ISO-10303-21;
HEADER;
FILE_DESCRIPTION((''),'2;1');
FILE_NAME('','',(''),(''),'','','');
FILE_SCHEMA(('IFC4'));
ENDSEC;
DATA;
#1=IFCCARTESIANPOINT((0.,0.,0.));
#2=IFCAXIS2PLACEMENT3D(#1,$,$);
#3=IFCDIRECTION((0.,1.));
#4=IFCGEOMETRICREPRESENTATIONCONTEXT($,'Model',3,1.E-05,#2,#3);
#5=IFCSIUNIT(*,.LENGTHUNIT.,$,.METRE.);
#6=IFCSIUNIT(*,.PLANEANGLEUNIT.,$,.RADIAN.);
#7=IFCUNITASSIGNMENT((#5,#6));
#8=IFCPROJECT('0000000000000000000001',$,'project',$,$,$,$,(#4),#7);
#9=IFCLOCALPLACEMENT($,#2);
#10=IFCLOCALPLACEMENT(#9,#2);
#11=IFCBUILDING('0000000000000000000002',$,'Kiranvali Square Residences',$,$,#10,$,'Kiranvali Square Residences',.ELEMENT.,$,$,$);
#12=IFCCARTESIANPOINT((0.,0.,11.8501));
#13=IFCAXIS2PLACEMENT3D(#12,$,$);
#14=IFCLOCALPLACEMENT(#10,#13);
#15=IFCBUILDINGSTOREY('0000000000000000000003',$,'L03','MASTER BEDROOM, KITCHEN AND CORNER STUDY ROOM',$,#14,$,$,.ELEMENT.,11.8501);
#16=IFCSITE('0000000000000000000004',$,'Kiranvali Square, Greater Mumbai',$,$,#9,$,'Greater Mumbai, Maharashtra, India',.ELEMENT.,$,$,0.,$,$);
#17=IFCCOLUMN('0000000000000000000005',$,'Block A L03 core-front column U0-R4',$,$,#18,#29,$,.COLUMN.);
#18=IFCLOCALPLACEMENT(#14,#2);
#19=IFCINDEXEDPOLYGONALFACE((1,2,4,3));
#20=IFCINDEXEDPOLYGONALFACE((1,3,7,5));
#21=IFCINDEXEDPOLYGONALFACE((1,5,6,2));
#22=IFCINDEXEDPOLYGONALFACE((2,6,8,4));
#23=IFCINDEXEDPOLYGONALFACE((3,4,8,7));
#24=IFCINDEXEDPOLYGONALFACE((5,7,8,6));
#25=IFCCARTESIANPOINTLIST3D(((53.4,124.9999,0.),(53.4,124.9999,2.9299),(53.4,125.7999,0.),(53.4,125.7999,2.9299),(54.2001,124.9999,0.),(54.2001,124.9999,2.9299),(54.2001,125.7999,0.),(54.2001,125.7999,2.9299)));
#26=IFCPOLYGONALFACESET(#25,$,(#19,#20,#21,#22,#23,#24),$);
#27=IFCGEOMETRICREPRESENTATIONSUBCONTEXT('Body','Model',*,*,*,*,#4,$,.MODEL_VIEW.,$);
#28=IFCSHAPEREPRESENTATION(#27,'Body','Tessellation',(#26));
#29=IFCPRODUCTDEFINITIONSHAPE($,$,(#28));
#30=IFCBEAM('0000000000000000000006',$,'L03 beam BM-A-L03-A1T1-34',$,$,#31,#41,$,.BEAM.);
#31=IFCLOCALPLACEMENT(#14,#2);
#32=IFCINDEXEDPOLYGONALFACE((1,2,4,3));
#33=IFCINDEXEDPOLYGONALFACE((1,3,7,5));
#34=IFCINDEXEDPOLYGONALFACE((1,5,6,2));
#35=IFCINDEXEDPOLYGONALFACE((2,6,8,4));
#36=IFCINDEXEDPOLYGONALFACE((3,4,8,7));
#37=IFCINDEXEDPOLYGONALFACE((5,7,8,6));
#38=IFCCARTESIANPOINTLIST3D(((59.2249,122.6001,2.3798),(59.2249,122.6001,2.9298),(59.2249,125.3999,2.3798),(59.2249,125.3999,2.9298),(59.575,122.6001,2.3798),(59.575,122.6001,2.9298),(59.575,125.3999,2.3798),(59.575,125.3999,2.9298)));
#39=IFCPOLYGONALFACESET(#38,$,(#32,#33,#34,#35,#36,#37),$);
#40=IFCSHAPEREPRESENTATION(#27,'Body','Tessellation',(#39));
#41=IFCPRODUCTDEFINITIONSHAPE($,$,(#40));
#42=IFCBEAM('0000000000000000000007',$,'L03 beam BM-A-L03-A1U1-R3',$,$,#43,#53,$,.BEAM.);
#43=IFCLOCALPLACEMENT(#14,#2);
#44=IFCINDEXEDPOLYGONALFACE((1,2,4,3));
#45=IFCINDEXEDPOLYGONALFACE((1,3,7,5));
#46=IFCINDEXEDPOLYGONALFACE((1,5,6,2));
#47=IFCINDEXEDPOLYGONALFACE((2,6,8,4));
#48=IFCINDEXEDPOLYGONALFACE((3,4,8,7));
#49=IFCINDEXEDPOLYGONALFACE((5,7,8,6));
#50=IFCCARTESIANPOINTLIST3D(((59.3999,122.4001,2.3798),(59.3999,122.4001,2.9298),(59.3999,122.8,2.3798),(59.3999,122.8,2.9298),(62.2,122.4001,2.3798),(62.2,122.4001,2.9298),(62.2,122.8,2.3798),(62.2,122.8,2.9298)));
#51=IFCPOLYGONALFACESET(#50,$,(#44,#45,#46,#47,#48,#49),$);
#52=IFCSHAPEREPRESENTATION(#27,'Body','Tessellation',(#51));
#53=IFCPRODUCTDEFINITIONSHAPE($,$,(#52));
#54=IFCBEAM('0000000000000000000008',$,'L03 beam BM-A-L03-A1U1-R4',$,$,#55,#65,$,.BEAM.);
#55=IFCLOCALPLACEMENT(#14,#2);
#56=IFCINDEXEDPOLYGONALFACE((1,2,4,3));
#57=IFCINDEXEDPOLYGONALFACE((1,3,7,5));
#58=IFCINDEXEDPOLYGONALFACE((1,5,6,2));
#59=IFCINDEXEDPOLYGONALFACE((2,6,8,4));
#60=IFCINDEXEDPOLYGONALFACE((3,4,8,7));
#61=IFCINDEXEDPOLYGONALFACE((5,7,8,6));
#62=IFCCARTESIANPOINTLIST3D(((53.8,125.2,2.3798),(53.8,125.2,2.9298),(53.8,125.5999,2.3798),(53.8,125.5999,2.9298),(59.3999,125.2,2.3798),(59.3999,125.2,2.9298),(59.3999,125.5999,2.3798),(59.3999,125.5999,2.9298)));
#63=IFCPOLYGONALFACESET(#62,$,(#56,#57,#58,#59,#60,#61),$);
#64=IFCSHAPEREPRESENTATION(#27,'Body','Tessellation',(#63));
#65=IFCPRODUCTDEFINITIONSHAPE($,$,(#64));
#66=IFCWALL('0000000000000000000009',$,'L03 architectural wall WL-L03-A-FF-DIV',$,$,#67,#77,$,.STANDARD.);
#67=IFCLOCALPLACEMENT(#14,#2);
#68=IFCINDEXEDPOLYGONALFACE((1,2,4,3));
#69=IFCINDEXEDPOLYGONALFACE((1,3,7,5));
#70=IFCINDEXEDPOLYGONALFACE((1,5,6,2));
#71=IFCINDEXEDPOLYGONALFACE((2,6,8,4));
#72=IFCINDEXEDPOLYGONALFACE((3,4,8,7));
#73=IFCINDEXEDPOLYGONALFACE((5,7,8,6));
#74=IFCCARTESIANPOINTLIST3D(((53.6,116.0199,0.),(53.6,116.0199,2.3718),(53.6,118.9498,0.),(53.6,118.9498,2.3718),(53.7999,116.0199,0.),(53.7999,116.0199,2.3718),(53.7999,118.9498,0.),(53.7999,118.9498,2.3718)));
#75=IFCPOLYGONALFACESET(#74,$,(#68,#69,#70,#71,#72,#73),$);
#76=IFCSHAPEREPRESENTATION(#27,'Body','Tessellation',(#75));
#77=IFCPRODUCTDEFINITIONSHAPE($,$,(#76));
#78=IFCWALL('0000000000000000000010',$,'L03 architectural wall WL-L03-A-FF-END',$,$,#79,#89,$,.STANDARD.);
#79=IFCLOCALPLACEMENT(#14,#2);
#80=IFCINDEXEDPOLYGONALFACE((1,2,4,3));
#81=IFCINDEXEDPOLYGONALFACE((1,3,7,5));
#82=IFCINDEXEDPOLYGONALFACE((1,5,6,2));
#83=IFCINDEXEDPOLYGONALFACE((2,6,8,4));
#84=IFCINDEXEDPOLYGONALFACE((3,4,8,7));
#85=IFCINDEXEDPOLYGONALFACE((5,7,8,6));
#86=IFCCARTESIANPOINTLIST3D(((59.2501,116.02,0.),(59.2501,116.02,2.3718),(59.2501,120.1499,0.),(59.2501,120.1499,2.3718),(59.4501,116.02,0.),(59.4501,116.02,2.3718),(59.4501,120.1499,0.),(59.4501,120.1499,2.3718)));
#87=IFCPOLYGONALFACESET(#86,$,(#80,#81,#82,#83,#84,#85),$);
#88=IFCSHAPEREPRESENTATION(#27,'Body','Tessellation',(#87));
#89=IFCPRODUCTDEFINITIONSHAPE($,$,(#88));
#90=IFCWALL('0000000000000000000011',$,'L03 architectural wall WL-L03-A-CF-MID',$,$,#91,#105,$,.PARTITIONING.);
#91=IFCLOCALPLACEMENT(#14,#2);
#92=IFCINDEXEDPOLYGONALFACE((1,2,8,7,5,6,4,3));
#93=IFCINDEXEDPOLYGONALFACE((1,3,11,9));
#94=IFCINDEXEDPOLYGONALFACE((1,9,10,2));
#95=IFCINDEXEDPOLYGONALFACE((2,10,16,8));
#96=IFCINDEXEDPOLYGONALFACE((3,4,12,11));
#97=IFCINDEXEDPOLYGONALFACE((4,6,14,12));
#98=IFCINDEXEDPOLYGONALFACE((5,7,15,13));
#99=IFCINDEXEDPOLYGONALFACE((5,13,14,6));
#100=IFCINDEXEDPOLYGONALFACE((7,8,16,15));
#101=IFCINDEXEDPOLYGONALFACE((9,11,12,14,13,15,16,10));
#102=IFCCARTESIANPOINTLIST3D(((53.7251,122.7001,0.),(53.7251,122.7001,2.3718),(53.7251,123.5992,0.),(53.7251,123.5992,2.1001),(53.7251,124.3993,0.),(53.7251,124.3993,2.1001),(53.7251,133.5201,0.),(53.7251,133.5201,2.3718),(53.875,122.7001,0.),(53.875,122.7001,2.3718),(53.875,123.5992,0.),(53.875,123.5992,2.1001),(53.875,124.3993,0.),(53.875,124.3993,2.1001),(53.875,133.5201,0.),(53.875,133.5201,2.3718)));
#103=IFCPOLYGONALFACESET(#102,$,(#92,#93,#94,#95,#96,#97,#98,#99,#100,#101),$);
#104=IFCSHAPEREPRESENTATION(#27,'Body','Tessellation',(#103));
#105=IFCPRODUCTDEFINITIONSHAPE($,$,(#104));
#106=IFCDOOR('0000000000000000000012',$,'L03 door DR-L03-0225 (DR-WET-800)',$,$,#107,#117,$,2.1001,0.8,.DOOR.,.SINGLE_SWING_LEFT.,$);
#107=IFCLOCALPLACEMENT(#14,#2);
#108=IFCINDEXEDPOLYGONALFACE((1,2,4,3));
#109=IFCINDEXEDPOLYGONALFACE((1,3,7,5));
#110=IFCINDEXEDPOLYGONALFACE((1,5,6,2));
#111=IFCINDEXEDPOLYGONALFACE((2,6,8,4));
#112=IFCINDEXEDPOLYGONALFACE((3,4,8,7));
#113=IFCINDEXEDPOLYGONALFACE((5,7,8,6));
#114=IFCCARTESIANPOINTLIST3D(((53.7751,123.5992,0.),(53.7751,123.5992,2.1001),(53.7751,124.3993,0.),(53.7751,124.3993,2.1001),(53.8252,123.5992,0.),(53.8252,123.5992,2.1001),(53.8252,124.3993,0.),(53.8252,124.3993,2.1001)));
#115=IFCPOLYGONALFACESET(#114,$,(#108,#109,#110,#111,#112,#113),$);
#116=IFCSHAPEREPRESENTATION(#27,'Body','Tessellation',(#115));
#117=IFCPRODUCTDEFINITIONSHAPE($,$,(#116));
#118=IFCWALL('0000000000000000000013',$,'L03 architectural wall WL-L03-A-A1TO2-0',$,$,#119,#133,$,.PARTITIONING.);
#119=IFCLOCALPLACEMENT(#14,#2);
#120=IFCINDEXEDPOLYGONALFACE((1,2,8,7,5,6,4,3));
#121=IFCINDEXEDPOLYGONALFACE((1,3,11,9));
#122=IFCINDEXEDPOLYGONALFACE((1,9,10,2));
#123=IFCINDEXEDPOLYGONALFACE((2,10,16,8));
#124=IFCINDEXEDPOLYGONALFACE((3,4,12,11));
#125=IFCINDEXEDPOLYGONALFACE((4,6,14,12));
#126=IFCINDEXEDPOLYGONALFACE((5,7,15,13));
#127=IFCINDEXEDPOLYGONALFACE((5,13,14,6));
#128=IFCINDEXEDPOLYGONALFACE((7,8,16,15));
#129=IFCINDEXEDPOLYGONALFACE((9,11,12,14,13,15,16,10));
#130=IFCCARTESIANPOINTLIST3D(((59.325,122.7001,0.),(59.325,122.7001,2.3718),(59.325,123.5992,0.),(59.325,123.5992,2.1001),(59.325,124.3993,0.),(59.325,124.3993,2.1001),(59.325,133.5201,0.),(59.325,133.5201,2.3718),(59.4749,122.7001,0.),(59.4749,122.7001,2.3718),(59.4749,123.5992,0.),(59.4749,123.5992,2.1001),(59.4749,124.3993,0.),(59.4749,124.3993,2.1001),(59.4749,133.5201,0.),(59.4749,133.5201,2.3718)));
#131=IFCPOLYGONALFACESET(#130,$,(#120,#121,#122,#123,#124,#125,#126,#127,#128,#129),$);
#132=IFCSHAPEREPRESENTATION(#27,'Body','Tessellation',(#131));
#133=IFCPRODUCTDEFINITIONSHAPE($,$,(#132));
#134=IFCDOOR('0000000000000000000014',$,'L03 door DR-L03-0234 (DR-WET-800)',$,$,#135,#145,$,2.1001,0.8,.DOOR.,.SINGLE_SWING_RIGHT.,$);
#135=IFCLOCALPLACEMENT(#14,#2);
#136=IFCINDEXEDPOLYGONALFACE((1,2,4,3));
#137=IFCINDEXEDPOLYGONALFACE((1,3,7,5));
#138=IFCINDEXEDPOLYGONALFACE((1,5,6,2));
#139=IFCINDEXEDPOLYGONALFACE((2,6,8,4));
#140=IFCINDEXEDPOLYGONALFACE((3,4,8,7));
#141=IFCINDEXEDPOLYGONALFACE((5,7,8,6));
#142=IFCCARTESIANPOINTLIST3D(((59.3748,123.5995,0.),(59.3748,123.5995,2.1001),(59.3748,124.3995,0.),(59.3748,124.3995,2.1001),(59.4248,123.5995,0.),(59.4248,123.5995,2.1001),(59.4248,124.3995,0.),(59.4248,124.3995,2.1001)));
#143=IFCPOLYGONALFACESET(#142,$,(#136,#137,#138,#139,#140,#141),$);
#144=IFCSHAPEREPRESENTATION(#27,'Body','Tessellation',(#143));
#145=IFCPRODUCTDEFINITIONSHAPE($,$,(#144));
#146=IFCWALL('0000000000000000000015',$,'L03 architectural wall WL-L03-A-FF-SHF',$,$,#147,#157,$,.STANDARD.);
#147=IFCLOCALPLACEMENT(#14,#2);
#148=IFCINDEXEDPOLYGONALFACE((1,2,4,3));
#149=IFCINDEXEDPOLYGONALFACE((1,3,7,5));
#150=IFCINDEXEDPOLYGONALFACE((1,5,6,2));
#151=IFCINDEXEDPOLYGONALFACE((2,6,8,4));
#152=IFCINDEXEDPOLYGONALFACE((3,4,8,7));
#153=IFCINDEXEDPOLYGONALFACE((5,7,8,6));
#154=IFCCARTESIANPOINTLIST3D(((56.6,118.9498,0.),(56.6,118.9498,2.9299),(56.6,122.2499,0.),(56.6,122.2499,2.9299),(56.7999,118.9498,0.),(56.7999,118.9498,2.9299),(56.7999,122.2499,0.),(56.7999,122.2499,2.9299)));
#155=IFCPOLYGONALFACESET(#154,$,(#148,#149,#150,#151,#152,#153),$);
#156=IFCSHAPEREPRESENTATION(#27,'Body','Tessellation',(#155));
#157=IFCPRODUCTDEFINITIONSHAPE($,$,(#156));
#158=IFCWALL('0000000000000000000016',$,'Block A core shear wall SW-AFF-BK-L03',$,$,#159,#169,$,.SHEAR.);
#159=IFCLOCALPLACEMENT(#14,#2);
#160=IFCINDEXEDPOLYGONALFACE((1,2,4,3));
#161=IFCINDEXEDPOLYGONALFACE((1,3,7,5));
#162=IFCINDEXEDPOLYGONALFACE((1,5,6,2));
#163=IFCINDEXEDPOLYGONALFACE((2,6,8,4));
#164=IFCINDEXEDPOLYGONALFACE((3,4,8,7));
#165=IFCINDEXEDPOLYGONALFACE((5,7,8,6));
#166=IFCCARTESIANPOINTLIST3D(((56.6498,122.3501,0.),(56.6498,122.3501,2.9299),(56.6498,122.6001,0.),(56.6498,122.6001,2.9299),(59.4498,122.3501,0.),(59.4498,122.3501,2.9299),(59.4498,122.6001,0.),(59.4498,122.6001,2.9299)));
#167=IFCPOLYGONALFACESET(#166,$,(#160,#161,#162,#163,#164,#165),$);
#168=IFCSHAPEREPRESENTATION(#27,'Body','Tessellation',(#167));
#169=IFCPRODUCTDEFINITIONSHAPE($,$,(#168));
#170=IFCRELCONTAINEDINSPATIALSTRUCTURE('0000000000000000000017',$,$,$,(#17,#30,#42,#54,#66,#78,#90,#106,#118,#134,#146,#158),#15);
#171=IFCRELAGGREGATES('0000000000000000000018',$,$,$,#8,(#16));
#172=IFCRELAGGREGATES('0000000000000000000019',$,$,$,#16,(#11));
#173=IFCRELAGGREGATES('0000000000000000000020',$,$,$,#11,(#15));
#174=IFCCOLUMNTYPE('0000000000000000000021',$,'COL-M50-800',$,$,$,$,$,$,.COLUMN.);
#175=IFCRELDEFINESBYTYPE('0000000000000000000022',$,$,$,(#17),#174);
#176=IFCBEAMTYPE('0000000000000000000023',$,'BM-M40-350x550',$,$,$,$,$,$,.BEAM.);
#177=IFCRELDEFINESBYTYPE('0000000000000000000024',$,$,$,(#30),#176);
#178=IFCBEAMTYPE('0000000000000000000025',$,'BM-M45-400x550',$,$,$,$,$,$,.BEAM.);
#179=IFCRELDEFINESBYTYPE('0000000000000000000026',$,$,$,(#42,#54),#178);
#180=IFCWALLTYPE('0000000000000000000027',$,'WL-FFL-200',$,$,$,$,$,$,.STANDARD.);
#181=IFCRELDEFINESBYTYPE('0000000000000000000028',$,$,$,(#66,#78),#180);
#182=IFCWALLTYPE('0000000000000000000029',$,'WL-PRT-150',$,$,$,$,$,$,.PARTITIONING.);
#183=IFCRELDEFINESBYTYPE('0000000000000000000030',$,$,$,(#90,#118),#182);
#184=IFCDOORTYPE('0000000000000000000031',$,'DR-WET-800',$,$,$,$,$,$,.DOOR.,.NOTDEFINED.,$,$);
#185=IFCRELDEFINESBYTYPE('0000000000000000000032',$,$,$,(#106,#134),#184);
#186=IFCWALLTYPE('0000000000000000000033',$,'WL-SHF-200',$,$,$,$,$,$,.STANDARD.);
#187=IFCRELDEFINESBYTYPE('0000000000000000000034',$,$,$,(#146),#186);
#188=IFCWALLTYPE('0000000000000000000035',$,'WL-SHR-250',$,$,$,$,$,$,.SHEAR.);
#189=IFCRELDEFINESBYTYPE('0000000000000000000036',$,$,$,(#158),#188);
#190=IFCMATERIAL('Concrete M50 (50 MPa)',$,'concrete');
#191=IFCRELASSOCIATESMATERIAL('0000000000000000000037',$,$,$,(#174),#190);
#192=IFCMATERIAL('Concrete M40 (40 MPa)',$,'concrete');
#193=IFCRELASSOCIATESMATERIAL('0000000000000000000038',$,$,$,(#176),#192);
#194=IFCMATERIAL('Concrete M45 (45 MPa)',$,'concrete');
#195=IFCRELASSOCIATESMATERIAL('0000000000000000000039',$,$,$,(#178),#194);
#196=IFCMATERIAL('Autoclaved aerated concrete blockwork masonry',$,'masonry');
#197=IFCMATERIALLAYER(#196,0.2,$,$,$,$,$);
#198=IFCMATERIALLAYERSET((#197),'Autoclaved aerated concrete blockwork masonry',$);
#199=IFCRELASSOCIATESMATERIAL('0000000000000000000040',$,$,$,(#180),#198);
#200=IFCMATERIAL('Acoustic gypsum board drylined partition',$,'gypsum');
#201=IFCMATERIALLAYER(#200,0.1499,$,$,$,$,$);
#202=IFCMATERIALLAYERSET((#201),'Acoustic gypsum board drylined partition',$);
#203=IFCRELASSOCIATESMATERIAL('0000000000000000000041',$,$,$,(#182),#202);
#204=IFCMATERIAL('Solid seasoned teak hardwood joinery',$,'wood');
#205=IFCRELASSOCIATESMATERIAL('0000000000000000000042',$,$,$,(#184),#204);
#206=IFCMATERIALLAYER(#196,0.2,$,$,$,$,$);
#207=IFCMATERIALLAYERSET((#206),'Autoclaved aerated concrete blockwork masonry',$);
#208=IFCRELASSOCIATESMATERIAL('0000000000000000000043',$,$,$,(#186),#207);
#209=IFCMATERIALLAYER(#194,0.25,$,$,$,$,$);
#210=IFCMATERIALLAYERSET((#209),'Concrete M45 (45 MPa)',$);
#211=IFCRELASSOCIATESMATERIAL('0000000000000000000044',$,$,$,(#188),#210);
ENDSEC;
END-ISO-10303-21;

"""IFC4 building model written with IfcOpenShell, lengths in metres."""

from ifc_helpers import new_model, si_unit, direction, frame, frame_2d, origin, origin_2d, place, context, subcontext, project, spatial, rectangle, extrude, material, layer, layer_set, material_profile, profile_set, type_object, element, fill, save


model = new_model("IFC4")

# Units and contexts
model_context = context("Model", 3, precision=1e-05, world=origin(), true_north=direction((0.0, 1.0)))
body_context = subcontext(model_context, "Body", "Model", "MODEL_VIEW")
ifc_project = project(units=[si_unit("LENGTHUNIT", "METRE"), si_unit("PLANEANGLEUNIT", "RADIAN")], contexts=[model_context])

# Site, building, storey
site_placement = place(None, origin())
site = spatial("IfcSite", under=ifc_project, at=site_placement, Name="Kiranvali Square, Greater Mumbai", LongName="Greater Mumbai, Maharashtra, India", CompositionType="ELEMENT", RefElevation=0.0)
building_placement = place(site_placement, origin())
building = spatial("IfcBuilding", under=site, at=building_placement, Name="Kiranvali Square Residences", LongName="Kiranvali Square Residences", CompositionType="ELEMENT")
storey_placement = place(building_placement, frame((0.0, 0.0, 11.8501)))
storey = spatial("IfcBuildingStorey", under=building, at=storey_placement, Name="L03", Description="MASTER BEDROOM, KITCHEN AND CORNER STUDY ROOM", CompositionType="ELEMENT", Elevation=11.8501)

# Column
ifc_material_1 = material(Name="Concrete M50 (50 MPa)", Category="concrete")
ifc_material_profile_1 = material_profile(ifc_material_1, rectangle(XDim=0.8, YDim=0.8, at=origin_2d()), Name="RC 800x800")
ifc_profile_set_1 = profile_set([ifc_material_profile_1], Name="Concrete M50 (50 MPa)")
column_type = type_object("IfcColumnType", Name="COL-M50-800", PredefinedType="COLUMN", material=ifc_profile_set_1)
column_placement = place(storey_placement, frame((53.8, 125.3999, 0.0), z_axis=(0.0, 0.0, 1.0), x_axis=(1.0, 0.0, 0.0)))
element("IfcColumn", 1, at=column_placement, inside=storey, type_object=column_type, Name="Block A L03 core-front column U0-R4", PredefinedType="COLUMN", context=body_context, shape_type="SweptSolid", body=[
    extrude(rectangle(XDim=0.8, YDim=0.8, at=origin_2d()), origin(), (0.0, 0.0, 1.0), 2.9299),
])

# Beams
ifc_material_2 = material(Name="Concrete M40 (40 MPa)", Category="concrete")
ifc_material_profile_2 = material_profile(ifc_material_2, rectangle(XDim=0.3501, YDim=0.55, at=origin_2d()), Name="RC 350x550")
ifc_profile_set_2 = profile_set([ifc_material_profile_2], Name="Concrete M40 (40 MPa)")
beam_type_1 = type_object("IfcBeamType", Name="BM-M40-350x550", PredefinedType="BEAM", material=ifc_profile_set_2)
beam_1_placement = place(storey_placement, frame((59.3999, 122.6001, 2.6548), z_axis=(0.0, 1.0, 0.0), x_axis=(-1.0, 0.0, 0.0)))
element("IfcBeam", 2, at=beam_1_placement, inside=storey, type_object=beam_type_1, Name="L03 beam BM-A-L03-A1T1-34", PredefinedType="BEAM", context=body_context, shape_type="SweptSolid", body=[
    extrude(rectangle(XDim=0.3501, YDim=0.55, at=origin_2d()), origin(), (0.0, 0.0, 1.0), 2.7998),
])
ifc_material_3 = material(Name="Concrete M45 (45 MPa)", Category="concrete")
ifc_material_profile_3 = material_profile(ifc_material_3, rectangle(XDim=0.3999, YDim=0.55, at=origin_2d()), Name="RC 400x550")
ifc_profile_set_3 = profile_set([ifc_material_profile_3], Name="Concrete M45 (45 MPa)")
beam_type_2 = type_object("IfcBeamType", Name="BM-M45-400x550", PredefinedType="BEAM", material=ifc_profile_set_3)
beam_2_placement = place(storey_placement, frame((59.3999, 122.6001, 2.6548), z_axis=(1.0, 0.0, 0.0), x_axis=(0.0, 1.0, 0.0)))
element("IfcBeam", 3, at=beam_2_placement, inside=storey, type_object=beam_type_2, Name="L03 beam BM-A-L03-A1U1-R3", PredefinedType="BEAM", context=body_context, shape_type="SweptSolid", body=[
    extrude(rectangle(XDim=0.3999, YDim=0.55, at=origin_2d()), origin(), (0.0, 0.0, 1.0), 2.8),
])
beam_3_placement = place(storey_placement, frame((53.8, 125.3999, 2.6548), z_axis=(1.0, 0.0, 0.0), x_axis=(0.0, 1.0, 0.0)))
element("IfcBeam", 4, at=beam_3_placement, inside=storey, type_object=beam_type_2, Name="L03 beam BM-A-L03-A1U1-R4", PredefinedType="BEAM", context=body_context, shape_type="SweptSolid", body=[
    extrude(rectangle(XDim=0.3999, YDim=0.55, at=origin_2d()), origin(), (0.0, 0.0, 1.0), 5.5999),
])

# Walls
ifc_material_4 = material(Name="Autoclaved aerated concrete blockwork masonry", Category="masonry")
ifc_layer_1 = layer(ifc_material_4, 0.2)
ifc_layer_set_1 = layer_set([ifc_layer_1], Name="Autoclaved aerated concrete blockwork masonry")
wall_type_1 = type_object("IfcWallType", Name="WL-FFL-200", PredefinedType="STANDARD", material=ifc_layer_set_1)
wall_1_placement = place(storey_placement, frame((53.7, 116.02, 0.0), z_axis=(0.0, 0.0, 1.0), x_axis=(0.0, 1.0, 0.0)))
element("IfcWall", 5, at=wall_1_placement, inside=storey, type_object=wall_type_1, Name="L03 architectural wall WL-L03-A-FF-DIV", PredefinedType="STANDARD", context=body_context, shape_type="SweptSolid", body=[
    extrude(rectangle(XDim=2.9299, YDim=0.2, at=frame_2d((1.4648, 0.0))), origin(), (0.0, 0.0, 1.0), 2.3718),
])
wall_2_placement = place(storey_placement, frame((59.3501, 116.02, 0.0), z_axis=(0.0, 0.0, 1.0), x_axis=(0.0, 1.0, 0.0)))
element("IfcWall", 6, at=wall_2_placement, inside=storey, type_object=wall_type_1, Name="L03 architectural wall WL-L03-A-FF-END", PredefinedType="STANDARD", context=body_context, shape_type="SweptSolid", body=[
    extrude(rectangle(XDim=4.1299, YDim=0.2, at=frame_2d((2.0649, 0.0))), origin(), (0.0, 0.0, 1.0), 2.3718),
])

# Walls, openings, doors
ifc_material_5 = material(Name="Acoustic gypsum board drylined partition", Category="gypsum")
ifc_layer_2 = layer(ifc_material_5, 0.1499)
ifc_layer_set_2 = layer_set([ifc_layer_2], Name="Acoustic gypsum board drylined partition")
wall_type_2 = type_object("IfcWallType", Name="WL-PRT-150", PredefinedType="PARTITIONING", material=ifc_layer_set_2)
wall_3_placement = place(storey_placement, frame((53.8, 122.7, 0.0), z_axis=(0.0, 0.0, 1.0), x_axis=(0.0, 1.0, 0.0)))
wall_3 = element("IfcWall", 7, at=wall_3_placement, inside=storey, type_object=wall_type_2, Name="L03 architectural wall WL-L03-A-CF-MID", PredefinedType="PARTITIONING", context=body_context, shape_type="SweptSolid", body=[
    extrude(rectangle(XDim=10.8201, YDim=0.1499, at=frame_2d((5.4102, 0.0))), origin(), (0.0, 0.0, 1.0), 2.3718),
])
opening_1_placement = place(wall_3_placement, frame((0.8994, 0.0, 0.0)))
opening_1 = element("IfcOpeningElement", 8, at=opening_1_placement, cuts=wall_3, PredefinedType="OPENING", context=body_context, shape_type="SweptSolid", body=[
    extrude(rectangle(XDim=0.8, YDim=2.1001, at=frame_2d((0.3999, 1.05))), frame((0.0, 0.085, 0.0), z_axis=(0.0, -1.0, 0.0), x_axis=(1.0, 0.0, 0.0)), (0.0, 0.0, 1.0), 0.1699),
])
ifc_material_6 = material(Name="Solid seasoned teak hardwood joinery", Category="wood")
door_type_1 = type_object("IfcDoorType", Name="DR-WET-800", OperationType="NOTDEFINED", PredefinedType="DOOR", material=ifc_material_6)
door_1_placement = place(opening_1_placement, origin())
door_1 = element("IfcDoor", 9, at=door_1_placement, inside=storey, type_object=door_type_1, Name="L03 door DR-L03-0225 (DR-WET-800)", OperationType="SINGLE_SWING_LEFT", OverallHeight=2.1001, OverallWidth=0.8, PredefinedType="DOOR", context=body_context, shape_type="SweptSolid", body=[
    extrude(rectangle(XDim=0.8, YDim=2.1001, at=frame_2d((0.3999, 1.05))), frame((0.0, 0.0249, 0.0), z_axis=(0.0, -1.0, 0.0), x_axis=(1.0, 0.0, 0.0)), (0.0, 0.0, 1.0), 0.05),
])
fill(opening_1, door_1)
wall_4_placement = place(storey_placement, frame((59.3999, 122.7, 0.0), z_axis=(0.0, 0.0, 1.0), x_axis=(0.0, 1.0, 0.0)))
wall_4 = element("IfcWall", 10, at=wall_4_placement, inside=storey, type_object=wall_type_2, Name="L03 architectural wall WL-L03-A-A1TO2-0", PredefinedType="PARTITIONING", context=body_context, shape_type="SweptSolid", body=[
    extrude(rectangle(XDim=10.8201, YDim=0.1499, at=frame_2d((5.4102, 0.0))), origin(), (0.0, 0.0, 1.0), 2.3718),
])
opening_2_placement = place(wall_4_placement, frame((0.8994, 0.0, 0.0)))
opening_2 = element("IfcOpeningElement", 11, at=opening_2_placement, cuts=wall_4, PredefinedType="OPENING", context=body_context, shape_type="SweptSolid", body=[
    extrude(rectangle(XDim=0.8, YDim=2.1001, at=frame_2d((0.3999, 1.05))), frame((0.0, 0.085, 0.0), z_axis=(0.0, -1.0, 0.0), x_axis=(1.0, 0.0, 0.0)), (0.0, 0.0, 1.0), 0.1699),
])
door_2_placement = place(opening_2_placement, frame((0.8, 0.0, 0.0), z_axis=(0.0, 0.0, 1.0), x_axis=(-1.0, 0.0, 0.0)))
door_2 = element("IfcDoor", 12, at=door_2_placement, inside=storey, type_object=door_type_1, Name="L03 door DR-L03-0234 (DR-WET-800)", OperationType="SINGLE_SWING_RIGHT", OverallHeight=2.1001, OverallWidth=0.8, PredefinedType="DOOR", context=body_context, shape_type="SweptSolid", body=[
    extrude(rectangle(XDim=0.8, YDim=2.1001, at=frame_2d((0.3999, 1.05))), frame((0.0, 0.0249, 0.0), z_axis=(0.0, -1.0, 0.0), x_axis=(1.0, 0.0, 0.0)), (0.0, 0.0, 1.0), 0.05),
])
fill(opening_2, door_2)

# Walls
ifc_layer_3 = layer(ifc_material_4, 0.2)
ifc_layer_set_3 = layer_set([ifc_layer_3], Name="Autoclaved aerated concrete blockwork masonry")
wall_type_3 = type_object("IfcWallType", Name="WL-SHF-200", PredefinedType="STANDARD", material=ifc_layer_set_3)
wall_5_placement = place(storey_placement, frame((56.7, 118.95, 0.0), z_axis=(0.0, 0.0, 1.0), x_axis=(0.0, 1.0, 0.0)))
element("IfcWall", 13, at=wall_5_placement, inside=storey, type_object=wall_type_3, Name="L03 architectural wall WL-L03-A-FF-SHF", PredefinedType="STANDARD", context=body_context, shape_type="SweptSolid", body=[
    extrude(rectangle(XDim=3.3, YDim=0.2, at=frame_2d((1.6499, 0.0))), origin(), (0.0, 0.0, 1.0), 2.9299),
])
ifc_layer_4 = layer(ifc_material_3, 0.25)
ifc_layer_set_4 = layer_set([ifc_layer_4], Name="Concrete M45 (45 MPa)")
wall_type_4 = type_object("IfcWallType", Name="WL-SHR-250", PredefinedType="SHEAR", material=ifc_layer_set_4)
wall_6_placement = place(storey_placement, frame((56.6499, 122.4751, 0.0), z_axis=(0.0, 0.0, 1.0), x_axis=(1.0, 0.0, 0.0)))
element("IfcWall", 14, at=wall_6_placement, inside=storey, type_object=wall_type_4, Name="Block A core shear wall SW-AFF-BK-L03", PredefinedType="SHEAR", context=body_context, shape_type="SweptSolid", body=[
    extrude(rectangle(XDim=2.8, YDim=0.25, at=frame_2d((1.3999, 0.0))), origin(), (0.0, 0.0, 1.0), 2.9299),
])

save(model, "model.ifc")
